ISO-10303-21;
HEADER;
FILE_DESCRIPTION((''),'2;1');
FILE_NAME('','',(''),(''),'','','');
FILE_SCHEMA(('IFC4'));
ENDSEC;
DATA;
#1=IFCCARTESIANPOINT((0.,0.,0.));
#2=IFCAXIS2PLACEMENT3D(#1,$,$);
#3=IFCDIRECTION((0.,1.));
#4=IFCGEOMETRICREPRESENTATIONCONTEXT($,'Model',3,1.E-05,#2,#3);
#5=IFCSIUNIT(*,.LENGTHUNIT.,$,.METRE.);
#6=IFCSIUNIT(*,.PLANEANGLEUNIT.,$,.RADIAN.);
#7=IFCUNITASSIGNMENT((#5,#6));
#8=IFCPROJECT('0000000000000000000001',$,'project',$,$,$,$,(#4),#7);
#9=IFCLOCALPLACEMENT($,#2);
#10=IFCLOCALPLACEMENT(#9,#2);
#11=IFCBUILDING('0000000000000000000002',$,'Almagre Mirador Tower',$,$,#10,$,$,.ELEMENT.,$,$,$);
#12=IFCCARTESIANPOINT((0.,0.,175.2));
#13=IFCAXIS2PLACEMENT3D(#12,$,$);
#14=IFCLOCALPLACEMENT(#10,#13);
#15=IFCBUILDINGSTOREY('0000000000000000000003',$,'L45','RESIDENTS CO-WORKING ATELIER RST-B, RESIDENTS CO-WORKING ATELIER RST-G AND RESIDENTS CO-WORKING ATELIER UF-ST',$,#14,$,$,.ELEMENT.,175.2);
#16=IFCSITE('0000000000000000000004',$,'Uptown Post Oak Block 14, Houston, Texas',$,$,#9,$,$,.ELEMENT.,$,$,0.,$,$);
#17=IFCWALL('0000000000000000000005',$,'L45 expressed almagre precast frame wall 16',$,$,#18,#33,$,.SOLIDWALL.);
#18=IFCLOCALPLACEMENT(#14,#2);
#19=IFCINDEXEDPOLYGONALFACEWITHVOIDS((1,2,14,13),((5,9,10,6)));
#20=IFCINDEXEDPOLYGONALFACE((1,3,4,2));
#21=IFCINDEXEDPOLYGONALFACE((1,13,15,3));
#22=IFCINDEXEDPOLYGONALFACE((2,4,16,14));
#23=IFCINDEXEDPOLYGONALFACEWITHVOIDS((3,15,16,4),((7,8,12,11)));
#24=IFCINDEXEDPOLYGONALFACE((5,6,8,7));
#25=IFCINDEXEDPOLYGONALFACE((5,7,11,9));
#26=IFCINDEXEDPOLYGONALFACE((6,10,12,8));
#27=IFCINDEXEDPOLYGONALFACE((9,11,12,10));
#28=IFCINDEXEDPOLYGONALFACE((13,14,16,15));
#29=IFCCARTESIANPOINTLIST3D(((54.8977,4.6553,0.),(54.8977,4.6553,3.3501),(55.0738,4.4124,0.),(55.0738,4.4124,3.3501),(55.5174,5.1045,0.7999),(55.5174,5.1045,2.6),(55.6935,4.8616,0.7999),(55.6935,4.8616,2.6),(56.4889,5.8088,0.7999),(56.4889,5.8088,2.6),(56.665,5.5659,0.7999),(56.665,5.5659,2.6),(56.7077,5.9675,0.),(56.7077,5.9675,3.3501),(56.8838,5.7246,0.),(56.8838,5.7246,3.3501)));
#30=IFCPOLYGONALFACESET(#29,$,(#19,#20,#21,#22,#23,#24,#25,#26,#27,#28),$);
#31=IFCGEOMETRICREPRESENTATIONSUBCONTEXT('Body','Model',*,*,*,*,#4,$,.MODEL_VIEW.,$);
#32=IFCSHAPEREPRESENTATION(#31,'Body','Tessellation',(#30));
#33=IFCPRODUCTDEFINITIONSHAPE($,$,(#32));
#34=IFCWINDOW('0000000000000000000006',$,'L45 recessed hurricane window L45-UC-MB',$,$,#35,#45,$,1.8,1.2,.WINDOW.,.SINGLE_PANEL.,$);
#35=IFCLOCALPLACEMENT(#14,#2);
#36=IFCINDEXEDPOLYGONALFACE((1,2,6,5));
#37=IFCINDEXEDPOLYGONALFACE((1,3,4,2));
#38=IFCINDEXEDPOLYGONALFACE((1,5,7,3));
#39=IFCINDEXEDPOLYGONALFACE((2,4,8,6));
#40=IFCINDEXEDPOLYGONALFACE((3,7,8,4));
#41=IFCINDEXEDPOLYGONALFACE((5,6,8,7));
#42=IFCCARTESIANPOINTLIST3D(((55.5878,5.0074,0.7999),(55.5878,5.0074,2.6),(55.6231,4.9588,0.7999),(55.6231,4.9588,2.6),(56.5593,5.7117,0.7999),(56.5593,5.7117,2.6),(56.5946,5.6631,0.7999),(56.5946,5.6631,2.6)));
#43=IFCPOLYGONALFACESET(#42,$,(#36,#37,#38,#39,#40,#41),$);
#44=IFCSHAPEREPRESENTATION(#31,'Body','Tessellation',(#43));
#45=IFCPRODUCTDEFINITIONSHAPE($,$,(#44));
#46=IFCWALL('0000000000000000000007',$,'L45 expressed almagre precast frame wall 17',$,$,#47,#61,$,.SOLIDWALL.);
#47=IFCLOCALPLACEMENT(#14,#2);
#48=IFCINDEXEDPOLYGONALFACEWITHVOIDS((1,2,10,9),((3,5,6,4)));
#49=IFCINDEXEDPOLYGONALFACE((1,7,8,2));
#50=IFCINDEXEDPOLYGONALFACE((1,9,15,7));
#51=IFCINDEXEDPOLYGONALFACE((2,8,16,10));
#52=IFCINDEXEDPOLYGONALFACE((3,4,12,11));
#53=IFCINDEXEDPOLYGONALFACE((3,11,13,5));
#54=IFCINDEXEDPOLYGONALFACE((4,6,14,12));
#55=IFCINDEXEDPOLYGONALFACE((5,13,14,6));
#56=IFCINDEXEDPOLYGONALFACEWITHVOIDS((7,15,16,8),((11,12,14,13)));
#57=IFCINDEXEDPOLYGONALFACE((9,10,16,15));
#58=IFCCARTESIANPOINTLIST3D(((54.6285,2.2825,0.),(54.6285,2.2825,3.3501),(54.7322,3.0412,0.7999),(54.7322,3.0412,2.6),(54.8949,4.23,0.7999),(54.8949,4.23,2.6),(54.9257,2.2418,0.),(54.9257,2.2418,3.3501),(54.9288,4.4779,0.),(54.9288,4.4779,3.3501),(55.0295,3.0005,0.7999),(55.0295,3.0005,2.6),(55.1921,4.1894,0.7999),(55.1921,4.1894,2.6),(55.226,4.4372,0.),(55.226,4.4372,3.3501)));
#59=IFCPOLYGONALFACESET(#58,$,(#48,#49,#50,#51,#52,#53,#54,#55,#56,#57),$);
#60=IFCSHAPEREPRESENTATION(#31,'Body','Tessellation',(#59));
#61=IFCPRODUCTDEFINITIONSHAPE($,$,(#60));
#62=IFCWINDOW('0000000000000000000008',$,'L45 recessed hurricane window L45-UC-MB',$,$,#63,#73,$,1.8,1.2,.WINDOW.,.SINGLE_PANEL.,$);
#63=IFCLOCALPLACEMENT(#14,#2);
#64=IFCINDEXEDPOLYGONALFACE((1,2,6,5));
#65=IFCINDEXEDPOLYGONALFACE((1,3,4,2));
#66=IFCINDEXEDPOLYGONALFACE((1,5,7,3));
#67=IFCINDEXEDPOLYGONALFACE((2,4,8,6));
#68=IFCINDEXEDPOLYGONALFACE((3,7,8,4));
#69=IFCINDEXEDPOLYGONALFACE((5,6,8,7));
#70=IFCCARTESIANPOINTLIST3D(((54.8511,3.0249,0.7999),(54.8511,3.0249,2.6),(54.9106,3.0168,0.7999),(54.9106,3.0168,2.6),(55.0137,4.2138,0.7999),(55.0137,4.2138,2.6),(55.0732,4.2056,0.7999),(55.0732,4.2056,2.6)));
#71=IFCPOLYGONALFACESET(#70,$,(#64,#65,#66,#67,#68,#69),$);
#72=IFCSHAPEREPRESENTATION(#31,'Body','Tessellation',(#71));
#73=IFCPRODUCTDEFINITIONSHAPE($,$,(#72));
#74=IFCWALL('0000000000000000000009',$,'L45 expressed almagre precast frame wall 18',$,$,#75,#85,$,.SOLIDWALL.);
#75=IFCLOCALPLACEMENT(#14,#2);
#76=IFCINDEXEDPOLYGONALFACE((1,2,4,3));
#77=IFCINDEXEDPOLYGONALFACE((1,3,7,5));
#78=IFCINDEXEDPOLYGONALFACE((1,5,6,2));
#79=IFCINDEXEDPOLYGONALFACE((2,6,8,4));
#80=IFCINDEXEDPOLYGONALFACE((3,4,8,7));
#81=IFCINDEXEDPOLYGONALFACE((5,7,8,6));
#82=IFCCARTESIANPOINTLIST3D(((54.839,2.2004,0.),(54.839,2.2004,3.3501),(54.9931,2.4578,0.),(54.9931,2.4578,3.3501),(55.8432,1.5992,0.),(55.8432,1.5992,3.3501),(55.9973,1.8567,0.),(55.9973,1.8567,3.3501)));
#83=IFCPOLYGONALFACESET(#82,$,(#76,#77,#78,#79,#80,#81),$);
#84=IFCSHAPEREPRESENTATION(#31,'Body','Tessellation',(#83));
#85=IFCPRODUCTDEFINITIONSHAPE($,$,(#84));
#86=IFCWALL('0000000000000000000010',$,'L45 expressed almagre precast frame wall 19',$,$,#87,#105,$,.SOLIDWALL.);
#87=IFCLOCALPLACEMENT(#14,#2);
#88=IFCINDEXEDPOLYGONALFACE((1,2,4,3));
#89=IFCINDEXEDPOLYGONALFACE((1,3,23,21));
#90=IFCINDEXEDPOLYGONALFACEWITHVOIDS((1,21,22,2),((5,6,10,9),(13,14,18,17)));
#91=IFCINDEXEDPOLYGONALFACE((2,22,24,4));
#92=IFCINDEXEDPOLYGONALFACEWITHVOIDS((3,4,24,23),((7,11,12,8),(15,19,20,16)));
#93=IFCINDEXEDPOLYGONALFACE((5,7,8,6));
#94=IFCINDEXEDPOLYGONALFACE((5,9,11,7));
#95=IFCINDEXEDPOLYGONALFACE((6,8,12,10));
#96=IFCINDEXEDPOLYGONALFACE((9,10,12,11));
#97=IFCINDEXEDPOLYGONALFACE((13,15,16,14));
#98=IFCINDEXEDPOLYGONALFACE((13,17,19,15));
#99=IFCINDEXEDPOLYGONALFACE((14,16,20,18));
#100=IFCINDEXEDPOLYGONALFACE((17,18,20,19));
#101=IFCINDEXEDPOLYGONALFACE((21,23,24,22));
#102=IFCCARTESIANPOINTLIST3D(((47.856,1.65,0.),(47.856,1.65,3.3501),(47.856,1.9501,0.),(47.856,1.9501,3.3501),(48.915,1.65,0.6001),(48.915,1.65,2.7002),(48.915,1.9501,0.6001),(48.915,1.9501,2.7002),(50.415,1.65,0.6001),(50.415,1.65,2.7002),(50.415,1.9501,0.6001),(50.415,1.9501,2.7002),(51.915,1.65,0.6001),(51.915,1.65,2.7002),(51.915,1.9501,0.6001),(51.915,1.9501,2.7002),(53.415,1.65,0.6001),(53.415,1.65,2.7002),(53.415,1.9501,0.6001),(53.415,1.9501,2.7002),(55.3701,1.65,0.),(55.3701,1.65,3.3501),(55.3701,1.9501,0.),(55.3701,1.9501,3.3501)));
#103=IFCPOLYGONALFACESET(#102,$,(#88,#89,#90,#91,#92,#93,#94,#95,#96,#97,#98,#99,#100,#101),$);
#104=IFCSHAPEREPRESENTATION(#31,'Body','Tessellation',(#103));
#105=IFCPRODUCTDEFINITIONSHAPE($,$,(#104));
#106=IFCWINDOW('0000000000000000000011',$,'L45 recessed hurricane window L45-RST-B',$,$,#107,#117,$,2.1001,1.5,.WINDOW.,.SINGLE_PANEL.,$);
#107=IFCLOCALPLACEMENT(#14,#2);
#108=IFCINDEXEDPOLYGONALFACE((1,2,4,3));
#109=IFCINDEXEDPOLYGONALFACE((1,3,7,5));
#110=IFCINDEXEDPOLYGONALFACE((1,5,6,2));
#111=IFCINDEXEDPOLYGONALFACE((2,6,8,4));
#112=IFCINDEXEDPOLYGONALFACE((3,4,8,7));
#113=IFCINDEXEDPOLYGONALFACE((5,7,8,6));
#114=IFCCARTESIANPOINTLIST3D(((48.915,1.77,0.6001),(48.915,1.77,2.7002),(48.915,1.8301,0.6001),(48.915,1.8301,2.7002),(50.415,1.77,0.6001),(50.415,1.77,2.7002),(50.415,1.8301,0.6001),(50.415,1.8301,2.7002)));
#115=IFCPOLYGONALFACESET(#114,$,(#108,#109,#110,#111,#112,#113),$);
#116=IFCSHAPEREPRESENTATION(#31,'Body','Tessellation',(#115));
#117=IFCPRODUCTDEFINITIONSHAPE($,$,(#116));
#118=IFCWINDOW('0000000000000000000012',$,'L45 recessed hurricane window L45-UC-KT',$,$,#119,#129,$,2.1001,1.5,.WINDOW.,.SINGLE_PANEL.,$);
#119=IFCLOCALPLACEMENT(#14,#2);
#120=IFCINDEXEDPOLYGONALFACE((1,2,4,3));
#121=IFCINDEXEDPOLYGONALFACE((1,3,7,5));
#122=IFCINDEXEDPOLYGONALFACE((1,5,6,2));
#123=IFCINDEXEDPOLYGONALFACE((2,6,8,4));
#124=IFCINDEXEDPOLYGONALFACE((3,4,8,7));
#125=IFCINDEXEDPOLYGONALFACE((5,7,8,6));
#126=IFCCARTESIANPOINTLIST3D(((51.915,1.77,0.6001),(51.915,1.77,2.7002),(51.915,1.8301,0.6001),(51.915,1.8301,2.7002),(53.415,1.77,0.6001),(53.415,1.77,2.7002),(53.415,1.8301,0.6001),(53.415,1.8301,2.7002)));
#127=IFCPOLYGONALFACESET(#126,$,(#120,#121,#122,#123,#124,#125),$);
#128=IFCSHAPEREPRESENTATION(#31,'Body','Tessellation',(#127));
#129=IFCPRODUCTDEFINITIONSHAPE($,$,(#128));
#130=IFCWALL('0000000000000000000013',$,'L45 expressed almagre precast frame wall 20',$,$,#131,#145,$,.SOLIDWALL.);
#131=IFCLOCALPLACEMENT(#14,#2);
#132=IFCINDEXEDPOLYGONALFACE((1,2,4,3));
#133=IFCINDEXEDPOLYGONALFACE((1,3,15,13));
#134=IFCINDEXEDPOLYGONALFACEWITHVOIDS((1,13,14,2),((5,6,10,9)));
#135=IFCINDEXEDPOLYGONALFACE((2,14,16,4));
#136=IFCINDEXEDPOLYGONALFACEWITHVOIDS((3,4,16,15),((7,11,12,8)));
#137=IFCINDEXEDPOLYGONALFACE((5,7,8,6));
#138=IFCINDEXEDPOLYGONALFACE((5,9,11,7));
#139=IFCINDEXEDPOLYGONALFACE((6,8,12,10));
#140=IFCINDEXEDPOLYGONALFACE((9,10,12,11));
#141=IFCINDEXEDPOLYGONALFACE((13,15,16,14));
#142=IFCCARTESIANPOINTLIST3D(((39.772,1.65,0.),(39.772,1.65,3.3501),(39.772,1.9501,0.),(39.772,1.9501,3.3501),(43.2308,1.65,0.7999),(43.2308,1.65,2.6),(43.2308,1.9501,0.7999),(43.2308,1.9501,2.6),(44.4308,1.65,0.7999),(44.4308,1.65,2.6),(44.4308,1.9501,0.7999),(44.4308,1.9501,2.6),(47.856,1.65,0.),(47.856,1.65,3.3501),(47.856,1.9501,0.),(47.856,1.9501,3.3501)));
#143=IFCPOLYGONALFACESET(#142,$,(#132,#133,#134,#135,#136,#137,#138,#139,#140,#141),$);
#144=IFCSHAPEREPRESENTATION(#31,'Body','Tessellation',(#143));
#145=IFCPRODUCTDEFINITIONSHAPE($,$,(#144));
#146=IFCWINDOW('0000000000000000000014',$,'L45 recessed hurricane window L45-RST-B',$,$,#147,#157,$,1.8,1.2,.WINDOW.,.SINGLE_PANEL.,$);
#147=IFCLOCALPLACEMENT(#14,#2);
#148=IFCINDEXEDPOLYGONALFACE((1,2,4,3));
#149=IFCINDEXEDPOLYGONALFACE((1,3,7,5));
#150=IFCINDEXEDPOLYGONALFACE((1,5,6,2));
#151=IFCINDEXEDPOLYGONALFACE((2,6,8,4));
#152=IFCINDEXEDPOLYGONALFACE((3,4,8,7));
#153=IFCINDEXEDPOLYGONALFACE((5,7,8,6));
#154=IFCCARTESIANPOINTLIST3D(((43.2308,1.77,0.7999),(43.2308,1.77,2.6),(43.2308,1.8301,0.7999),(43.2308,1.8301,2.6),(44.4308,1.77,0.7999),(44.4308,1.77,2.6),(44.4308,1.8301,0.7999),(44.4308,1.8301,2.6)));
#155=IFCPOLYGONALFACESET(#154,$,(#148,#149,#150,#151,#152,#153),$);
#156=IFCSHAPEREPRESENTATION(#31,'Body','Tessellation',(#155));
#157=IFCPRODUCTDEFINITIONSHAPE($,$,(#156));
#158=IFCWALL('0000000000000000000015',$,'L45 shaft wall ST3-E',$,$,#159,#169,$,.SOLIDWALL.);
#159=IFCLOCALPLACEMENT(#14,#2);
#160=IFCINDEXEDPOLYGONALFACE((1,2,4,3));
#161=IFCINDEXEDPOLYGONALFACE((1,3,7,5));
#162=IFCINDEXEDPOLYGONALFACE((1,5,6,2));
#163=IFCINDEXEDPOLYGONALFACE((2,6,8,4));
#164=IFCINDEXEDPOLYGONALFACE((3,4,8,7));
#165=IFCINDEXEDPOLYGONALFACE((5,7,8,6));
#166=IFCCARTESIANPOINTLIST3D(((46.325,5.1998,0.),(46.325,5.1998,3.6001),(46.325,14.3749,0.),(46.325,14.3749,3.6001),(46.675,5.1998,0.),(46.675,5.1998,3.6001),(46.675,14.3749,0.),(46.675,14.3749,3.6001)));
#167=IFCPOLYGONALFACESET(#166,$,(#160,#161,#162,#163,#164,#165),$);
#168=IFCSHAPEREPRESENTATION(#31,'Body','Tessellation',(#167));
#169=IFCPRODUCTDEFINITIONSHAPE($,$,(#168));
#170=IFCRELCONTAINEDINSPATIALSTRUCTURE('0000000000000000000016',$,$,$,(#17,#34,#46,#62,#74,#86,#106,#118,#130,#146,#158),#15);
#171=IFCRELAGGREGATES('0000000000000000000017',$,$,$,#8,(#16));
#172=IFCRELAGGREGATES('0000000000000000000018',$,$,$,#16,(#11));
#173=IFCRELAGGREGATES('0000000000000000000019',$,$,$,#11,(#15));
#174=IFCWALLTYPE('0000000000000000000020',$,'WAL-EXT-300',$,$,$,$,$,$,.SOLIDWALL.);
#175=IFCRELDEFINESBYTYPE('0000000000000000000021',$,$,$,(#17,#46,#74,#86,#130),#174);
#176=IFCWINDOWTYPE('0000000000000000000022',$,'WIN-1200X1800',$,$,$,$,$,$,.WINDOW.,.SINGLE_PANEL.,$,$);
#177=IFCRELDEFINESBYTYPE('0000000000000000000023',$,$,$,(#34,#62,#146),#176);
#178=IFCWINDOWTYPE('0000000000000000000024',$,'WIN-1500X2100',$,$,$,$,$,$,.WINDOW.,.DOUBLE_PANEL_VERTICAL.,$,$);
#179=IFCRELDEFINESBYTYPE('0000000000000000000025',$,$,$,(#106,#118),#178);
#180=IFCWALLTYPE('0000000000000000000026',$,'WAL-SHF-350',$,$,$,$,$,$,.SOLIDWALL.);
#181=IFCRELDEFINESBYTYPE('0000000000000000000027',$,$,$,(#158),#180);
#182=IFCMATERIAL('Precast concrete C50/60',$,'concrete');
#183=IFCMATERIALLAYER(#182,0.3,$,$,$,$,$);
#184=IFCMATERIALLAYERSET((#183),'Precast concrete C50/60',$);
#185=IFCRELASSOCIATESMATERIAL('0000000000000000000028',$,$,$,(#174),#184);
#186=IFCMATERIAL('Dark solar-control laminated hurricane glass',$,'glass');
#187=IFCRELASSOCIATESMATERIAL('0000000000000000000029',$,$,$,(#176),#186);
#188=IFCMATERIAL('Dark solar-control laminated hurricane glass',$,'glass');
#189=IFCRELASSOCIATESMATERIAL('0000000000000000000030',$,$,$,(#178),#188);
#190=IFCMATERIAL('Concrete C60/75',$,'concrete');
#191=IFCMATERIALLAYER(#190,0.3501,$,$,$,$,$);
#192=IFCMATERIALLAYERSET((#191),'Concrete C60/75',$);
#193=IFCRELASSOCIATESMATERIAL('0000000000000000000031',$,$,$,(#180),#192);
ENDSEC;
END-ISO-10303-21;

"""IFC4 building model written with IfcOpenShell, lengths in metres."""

from ifc_helpers import new_model, si_unit, direction, frame, frame_2d, origin, place, context, subcontext, project, spatial, rectangle, extrude, material, layer, layer_set, type_object, element, fill, save


model = new_model("IFC4")

# Units and contexts
model_context = context("Model", 3, precision=1e-05, world=origin(), true_north=direction((0.0, 1.0)))
body_context = subcontext(model_context, "Body", "Model", "MODEL_VIEW")
ifc_project = project(units=[si_unit("LENGTHUNIT", "METRE"), si_unit("PLANEANGLEUNIT", "RADIAN")], contexts=[model_context])

# Site, building, storey
site_placement = place(None, origin())
site = spatial("IfcSite", under=ifc_project, at=site_placement, Name="Uptown Post Oak Block 14, Houston, Texas", CompositionType="ELEMENT", RefElevation=0.0)
building_placement = place(site_placement, origin())
building = spatial("IfcBuilding", under=site, at=building_placement, Name="Almagre Mirador Tower", CompositionType="ELEMENT")
storey_placement = place(building_placement, frame((0.0, 0.0, 175.2)))
storey = spatial("IfcBuildingStorey", under=building, at=storey_placement, Name="L45", Description="RESIDENTS CO-WORKING ATELIER RST-B, RESIDENTS CO-WORKING ATELIER RST-G AND RESIDENTS CO-WORKING ATELIER UF-ST", CompositionType="ELEMENT", Elevation=175.2)

# Shared definitions
ifc_material_1 = material(Name="Precast concrete C50/60", Category="concrete")
ifc_layer_1 = layer(ifc_material_1, 0.3)
ifc_layer_set_1 = layer_set([ifc_layer_1], Name="Precast concrete C50/60")
wall_type_1 = type_object("IfcWallType", Name="WAL-EXT-300", PredefinedType="SOLIDWALL", material=ifc_layer_set_1)

# Walls, openings, windows
wall_1_placement = place(storey_placement, frame((56.7957, 5.8459, 0.0), z_axis=(0.0, 0.0, 1.0), x_axis=(-0.809618, -0.586957, 0.0)))
wall_1 = element("IfcWall", 1, at=wall_1_placement, inside=storey, type_object=wall_type_1, Name="L45 expressed almagre precast frame wall 16", PredefinedType="SOLIDWALL", context=body_context, shape_type="SweptSolid", body=[
    extrude(rectangle(XDim=2.2356, YDim=0.3, at=frame_2d((1.1177, 0.0))), origin(), (0.0, 0.0, 1.0), 3.3501),
])
opening_1_placement = place(wall_1_placement, frame((0.27, 0.0, 0.8)))
opening_1 = element("IfcOpeningElement", 2, at=opening_1_placement, cuts=wall_1, PredefinedType="OPENING", context=body_context, shape_type="SweptSolid", body=[
    extrude(rectangle(XDim=1.2, YDim=1.8, at=frame_2d((0.6001, 0.8999))), frame((0.0, 0.1599, 0.0), z_axis=(0.0, -1.0, 0.0), x_axis=(1.0, 0.0, 0.0)), (0.0, 0.0, 1.0), 0.32),
])
ifc_material_2 = material(Name="Dark solar-control laminated hurricane glass", Category="glass")
window_type_1 = type_object("IfcWindowType", Name="WIN-1200X1800", PartitioningType="SINGLE_PANEL", PredefinedType="WINDOW", material=ifc_material_2)
window_1_placement = place(opening_1_placement, origin())
window_1 = element("IfcWindow", 3, at=window_1_placement, inside=storey, type_object=window_type_1, Name="L45 recessed hurricane window L45-UC-MB", OverallHeight=1.8, OverallWidth=1.2, PartitioningType="SINGLE_PANEL", PredefinedType="WINDOW", context=body_context, shape_type="SweptSolid", body=[
    extrude(rectangle(XDim=1.2, YDim=1.8, at=frame_2d((0.6001, 0.8999))), frame((0.0, 0.03, 0.0), z_axis=(0.0, -1.0, 0.0), x_axis=(1.0, 0.0, 0.0)), (0.0, 0.0, 1.0), 0.0601),
])
fill(opening_1, window_1)
wall_2_placement = place(storey_placement, frame((55.0774, 4.4575, 0.0), z_axis=(0.0, 0.0, 1.0), x_axis=(-0.135526, -0.990774, 0.0)))
wall_2 = element("IfcWall", 4, at=wall_2_placement, inside=storey, type_object=wall_type_1, Name="L45 expressed almagre precast frame wall 17", PredefinedType="SOLIDWALL", context=body_context, shape_type="SweptSolid", body=[
    extrude(rectangle(XDim=2.2158, YDim=0.3, at=frame_2d((1.1079, 0.0))), origin(), (0.0, 0.0, 1.0), 3.3501),
])
opening_2_placement = place(wall_2_placement, frame((0.25, 0.0, 0.8)))
opening_2 = element("IfcOpeningElement", 5, at=opening_2_placement, cuts=wall_2, PredefinedType="OPENING", context=body_context, shape_type="SweptSolid", body=[
    extrude(rectangle(XDim=1.2, YDim=1.8, at=frame_2d((0.6001, 0.8999))), frame((0.0, 0.1599, 0.0), z_axis=(0.0, -1.0, 0.0), x_axis=(1.0, 0.0, 0.0)), (0.0, 0.0, 1.0), 0.32),
])
window_2_placement = place(opening_2_placement, origin())
window_2 = element("IfcWindow", 6, at=window_2_placement, inside=storey, type_object=window_type_1, Name="L45 recessed hurricane window L45-UC-MB", OverallHeight=1.8, OverallWidth=1.2, PartitioningType="SINGLE_PANEL", PredefinedType="WINDOW", context=body_context, shape_type="SweptSolid", body=[
    extrude(rectangle(XDim=1.2, YDim=1.8, at=frame_2d((0.6001, 0.8999))), frame((0.0, 0.03, 0.0), z_axis=(0.0, -1.0, 0.0), x_axis=(1.0, 0.0, 0.0)), (0.0, 0.0, 1.0), 0.0601),
])
fill(opening_2, window_2)

# Wall
wall_3_placement = place(storey_placement, frame((54.916, 2.3291, 0.0), z_axis=(0.0, 0.0, 1.0), x_axis=(0.858026, -0.513606, 0.0)))
element("IfcWall", 7, at=wall_3_placement, inside=storey, type_object=wall_type_1, Name="L45 expressed almagre precast frame wall 18", PredefinedType="SOLIDWALL", context=body_context, shape_type="SweptSolid", body=[
    extrude(rectangle(XDim=1.1704, YDim=0.3, at=frame_2d((0.5852, 0.0))), origin(), (0.0, 0.0, 1.0), 3.3501),
])

# Wall, openings, windows
wall_4_placement = place(storey_placement, frame((55.3701, 1.8, 0.0), z_axis=(0.0, 0.0, 1.0), x_axis=(-1.0, 0.0, 0.0)))
wall_4 = element("IfcWall", 8, at=wall_4_placement, inside=storey, type_object=wall_type_1, Name="L45 expressed almagre precast frame wall 19", PredefinedType="SOLIDWALL", context=body_context, shape_type="SweptSolid", body=[
    extrude(rectangle(XDim=7.5142, YDim=0.3, at=frame_2d((3.7571, 0.0))), origin(), (0.0, 0.0, 1.0), 3.3501),
])
opening_3_placement = place(wall_4_placement, frame((4.9551, 0.0, 0.6001)))
opening_3 = element("IfcOpeningElement", 9, at=opening_3_placement, cuts=wall_4, PredefinedType="OPENING", context=body_context, shape_type="SweptSolid", body=[
    extrude(rectangle(XDim=1.5, YDim=2.1001, at=frame_2d((0.75, 1.05))), frame((0.0, 0.1599, 0.0), z_axis=(0.0, -1.0, 0.0), x_axis=(1.0, 0.0, 0.0)), (0.0, 0.0, 1.0), 0.32),
])
opening_4_placement = place(wall_4_placement, frame((1.9551, 0.0, 0.6001)))
opening_4 = element("IfcOpeningElement", 10, at=opening_4_placement, cuts=wall_4, PredefinedType="OPENING", context=body_context, shape_type="SweptSolid", body=[
    extrude(rectangle(XDim=1.5, YDim=2.1001, at=frame_2d((0.75, 1.05))), frame((0.0, 0.1599, 0.0), z_axis=(0.0, -1.0, 0.0), x_axis=(1.0, 0.0, 0.0)), (0.0, 0.0, 1.0), 0.32),
])
ifc_material_3 = material(Name="Dark solar-control laminated hurricane glass", Category="glass")
window_type_2 = type_object("IfcWindowType", Name="WIN-1500X2100", PartitioningType="DOUBLE_PANEL_VERTICAL", PredefinedType="WINDOW", material=ifc_material_3)
window_3_placement = place(opening_3_placement, origin())
window_3 = element("IfcWindow", 11, at=window_3_placement, inside=storey, type_object=window_type_2, Name="L45 recessed hurricane window L45-RST-B", OverallHeight=2.1001, OverallWidth=1.5, PartitioningType="SINGLE_PANEL", PredefinedType="WINDOW", context=body_context, shape_type="SweptSolid", body=[
    extrude(rectangle(XDim=1.5, YDim=2.1001, at=frame_2d((0.75, 1.05))), frame((0.0, 0.03, 0.0), z_axis=(0.0, -1.0, 0.0), x_axis=(1.0, 0.0, 0.0)), (0.0, 0.0, 1.0), 0.0601),
])
fill(opening_3, window_3)
window_4_placement = place(opening_4_placement, origin())
window_4 = element("IfcWindow", 12, at=window_4_placement, inside=storey, type_object=window_type_2, Name="L45 recessed hurricane window L45-UC-KT", OverallHeight=2.1001, OverallWidth=1.5, PartitioningType="SINGLE_PANEL", PredefinedType="WINDOW", context=body_context, shape_type="SweptSolid", body=[
    extrude(rectangle(XDim=1.5, YDim=2.1001, at=frame_2d((0.75, 1.05))), frame((0.0, 0.03, 0.0), z_axis=(0.0, -1.0, 0.0), x_axis=(1.0, 0.0, 0.0)), (0.0, 0.0, 1.0), 0.0601),
])
fill(opening_4, window_4)

# Wall, opening, window
wall_5_placement = place(storey_placement, frame((47.856, 1.8, 0.0), z_axis=(0.0, 0.0, 1.0), x_axis=(-1.0, 0.0, 0.0)))
wall_5 = element("IfcWall", 13, at=wall_5_placement, inside=storey, type_object=wall_type_1, Name="L45 expressed almagre precast frame wall 20", PredefinedType="SOLIDWALL", context=body_context, shape_type="SweptSolid", body=[
    extrude(rectangle(XDim=8.084, YDim=0.3, at=frame_2d((4.042, 0.0))), origin(), (0.0, 0.0, 1.0), 3.3501),
])
opening_5_placement = place(wall_5_placement, frame((3.425, 0.0, 0.8)))
opening_5 = element("IfcOpeningElement", 14, at=opening_5_placement, cuts=wall_5, PredefinedType="OPENING", context=body_context, shape_type="SweptSolid", body=[
    extrude(rectangle(XDim=1.2, YDim=1.8, at=frame_2d((0.6001, 0.8999))), frame((0.0, 0.1599, 0.0), z_axis=(0.0, -1.0, 0.0), x_axis=(1.0, 0.0, 0.0)), (0.0, 0.0, 1.0), 0.32),
])
window_5_placement = place(opening_5_placement, origin())
window_5 = element("IfcWindow", 15, at=window_5_placement, inside=storey, type_object=window_type_1, Name="L45 recessed hurricane window L45-RST-B", OverallHeight=1.8, OverallWidth=1.2, PartitioningType="SINGLE_PANEL", PredefinedType="WINDOW", context=body_context, shape_type="SweptSolid", body=[
    extrude(rectangle(XDim=1.2, YDim=1.8, at=frame_2d((0.6001, 0.8999))), frame((0.0, 0.03, 0.0), z_axis=(0.0, -1.0, 0.0), x_axis=(1.0, 0.0, 0.0)), (0.0, 0.0, 1.0), 0.0601),
])
fill(opening_5, window_5)

# Wall
ifc_material_4 = material(Name="Concrete C60/75", Category="concrete")
ifc_layer_2 = layer(ifc_material_4, 0.3501)
ifc_layer_set_2 = layer_set([ifc_layer_2], Name="Concrete C60/75")
wall_type_2 = type_object("IfcWallType", Name="WAL-SHF-350", PredefinedType="SOLIDWALL", material=ifc_layer_set_2)
wall_6_placement = place(storey_placement, frame((46.5, 5.2, 0.0), z_axis=(0.0, 0.0, 1.0), x_axis=(0.0, 1.0, 0.0)))
element("IfcWall", 16, at=wall_6_placement, inside=storey, type_object=wall_type_2, Name="L45 shaft wall ST3-E", PredefinedType="SOLIDWALL", context=body_context, shape_type="SweptSolid", body=[
    extrude(rectangle(XDim=9.175, YDim=0.3501, at=frame_2d((4.5874, 0.0))), origin(), (0.0, 0.0, 1.0), 3.6001),
])

save(model, "model.ifc")
